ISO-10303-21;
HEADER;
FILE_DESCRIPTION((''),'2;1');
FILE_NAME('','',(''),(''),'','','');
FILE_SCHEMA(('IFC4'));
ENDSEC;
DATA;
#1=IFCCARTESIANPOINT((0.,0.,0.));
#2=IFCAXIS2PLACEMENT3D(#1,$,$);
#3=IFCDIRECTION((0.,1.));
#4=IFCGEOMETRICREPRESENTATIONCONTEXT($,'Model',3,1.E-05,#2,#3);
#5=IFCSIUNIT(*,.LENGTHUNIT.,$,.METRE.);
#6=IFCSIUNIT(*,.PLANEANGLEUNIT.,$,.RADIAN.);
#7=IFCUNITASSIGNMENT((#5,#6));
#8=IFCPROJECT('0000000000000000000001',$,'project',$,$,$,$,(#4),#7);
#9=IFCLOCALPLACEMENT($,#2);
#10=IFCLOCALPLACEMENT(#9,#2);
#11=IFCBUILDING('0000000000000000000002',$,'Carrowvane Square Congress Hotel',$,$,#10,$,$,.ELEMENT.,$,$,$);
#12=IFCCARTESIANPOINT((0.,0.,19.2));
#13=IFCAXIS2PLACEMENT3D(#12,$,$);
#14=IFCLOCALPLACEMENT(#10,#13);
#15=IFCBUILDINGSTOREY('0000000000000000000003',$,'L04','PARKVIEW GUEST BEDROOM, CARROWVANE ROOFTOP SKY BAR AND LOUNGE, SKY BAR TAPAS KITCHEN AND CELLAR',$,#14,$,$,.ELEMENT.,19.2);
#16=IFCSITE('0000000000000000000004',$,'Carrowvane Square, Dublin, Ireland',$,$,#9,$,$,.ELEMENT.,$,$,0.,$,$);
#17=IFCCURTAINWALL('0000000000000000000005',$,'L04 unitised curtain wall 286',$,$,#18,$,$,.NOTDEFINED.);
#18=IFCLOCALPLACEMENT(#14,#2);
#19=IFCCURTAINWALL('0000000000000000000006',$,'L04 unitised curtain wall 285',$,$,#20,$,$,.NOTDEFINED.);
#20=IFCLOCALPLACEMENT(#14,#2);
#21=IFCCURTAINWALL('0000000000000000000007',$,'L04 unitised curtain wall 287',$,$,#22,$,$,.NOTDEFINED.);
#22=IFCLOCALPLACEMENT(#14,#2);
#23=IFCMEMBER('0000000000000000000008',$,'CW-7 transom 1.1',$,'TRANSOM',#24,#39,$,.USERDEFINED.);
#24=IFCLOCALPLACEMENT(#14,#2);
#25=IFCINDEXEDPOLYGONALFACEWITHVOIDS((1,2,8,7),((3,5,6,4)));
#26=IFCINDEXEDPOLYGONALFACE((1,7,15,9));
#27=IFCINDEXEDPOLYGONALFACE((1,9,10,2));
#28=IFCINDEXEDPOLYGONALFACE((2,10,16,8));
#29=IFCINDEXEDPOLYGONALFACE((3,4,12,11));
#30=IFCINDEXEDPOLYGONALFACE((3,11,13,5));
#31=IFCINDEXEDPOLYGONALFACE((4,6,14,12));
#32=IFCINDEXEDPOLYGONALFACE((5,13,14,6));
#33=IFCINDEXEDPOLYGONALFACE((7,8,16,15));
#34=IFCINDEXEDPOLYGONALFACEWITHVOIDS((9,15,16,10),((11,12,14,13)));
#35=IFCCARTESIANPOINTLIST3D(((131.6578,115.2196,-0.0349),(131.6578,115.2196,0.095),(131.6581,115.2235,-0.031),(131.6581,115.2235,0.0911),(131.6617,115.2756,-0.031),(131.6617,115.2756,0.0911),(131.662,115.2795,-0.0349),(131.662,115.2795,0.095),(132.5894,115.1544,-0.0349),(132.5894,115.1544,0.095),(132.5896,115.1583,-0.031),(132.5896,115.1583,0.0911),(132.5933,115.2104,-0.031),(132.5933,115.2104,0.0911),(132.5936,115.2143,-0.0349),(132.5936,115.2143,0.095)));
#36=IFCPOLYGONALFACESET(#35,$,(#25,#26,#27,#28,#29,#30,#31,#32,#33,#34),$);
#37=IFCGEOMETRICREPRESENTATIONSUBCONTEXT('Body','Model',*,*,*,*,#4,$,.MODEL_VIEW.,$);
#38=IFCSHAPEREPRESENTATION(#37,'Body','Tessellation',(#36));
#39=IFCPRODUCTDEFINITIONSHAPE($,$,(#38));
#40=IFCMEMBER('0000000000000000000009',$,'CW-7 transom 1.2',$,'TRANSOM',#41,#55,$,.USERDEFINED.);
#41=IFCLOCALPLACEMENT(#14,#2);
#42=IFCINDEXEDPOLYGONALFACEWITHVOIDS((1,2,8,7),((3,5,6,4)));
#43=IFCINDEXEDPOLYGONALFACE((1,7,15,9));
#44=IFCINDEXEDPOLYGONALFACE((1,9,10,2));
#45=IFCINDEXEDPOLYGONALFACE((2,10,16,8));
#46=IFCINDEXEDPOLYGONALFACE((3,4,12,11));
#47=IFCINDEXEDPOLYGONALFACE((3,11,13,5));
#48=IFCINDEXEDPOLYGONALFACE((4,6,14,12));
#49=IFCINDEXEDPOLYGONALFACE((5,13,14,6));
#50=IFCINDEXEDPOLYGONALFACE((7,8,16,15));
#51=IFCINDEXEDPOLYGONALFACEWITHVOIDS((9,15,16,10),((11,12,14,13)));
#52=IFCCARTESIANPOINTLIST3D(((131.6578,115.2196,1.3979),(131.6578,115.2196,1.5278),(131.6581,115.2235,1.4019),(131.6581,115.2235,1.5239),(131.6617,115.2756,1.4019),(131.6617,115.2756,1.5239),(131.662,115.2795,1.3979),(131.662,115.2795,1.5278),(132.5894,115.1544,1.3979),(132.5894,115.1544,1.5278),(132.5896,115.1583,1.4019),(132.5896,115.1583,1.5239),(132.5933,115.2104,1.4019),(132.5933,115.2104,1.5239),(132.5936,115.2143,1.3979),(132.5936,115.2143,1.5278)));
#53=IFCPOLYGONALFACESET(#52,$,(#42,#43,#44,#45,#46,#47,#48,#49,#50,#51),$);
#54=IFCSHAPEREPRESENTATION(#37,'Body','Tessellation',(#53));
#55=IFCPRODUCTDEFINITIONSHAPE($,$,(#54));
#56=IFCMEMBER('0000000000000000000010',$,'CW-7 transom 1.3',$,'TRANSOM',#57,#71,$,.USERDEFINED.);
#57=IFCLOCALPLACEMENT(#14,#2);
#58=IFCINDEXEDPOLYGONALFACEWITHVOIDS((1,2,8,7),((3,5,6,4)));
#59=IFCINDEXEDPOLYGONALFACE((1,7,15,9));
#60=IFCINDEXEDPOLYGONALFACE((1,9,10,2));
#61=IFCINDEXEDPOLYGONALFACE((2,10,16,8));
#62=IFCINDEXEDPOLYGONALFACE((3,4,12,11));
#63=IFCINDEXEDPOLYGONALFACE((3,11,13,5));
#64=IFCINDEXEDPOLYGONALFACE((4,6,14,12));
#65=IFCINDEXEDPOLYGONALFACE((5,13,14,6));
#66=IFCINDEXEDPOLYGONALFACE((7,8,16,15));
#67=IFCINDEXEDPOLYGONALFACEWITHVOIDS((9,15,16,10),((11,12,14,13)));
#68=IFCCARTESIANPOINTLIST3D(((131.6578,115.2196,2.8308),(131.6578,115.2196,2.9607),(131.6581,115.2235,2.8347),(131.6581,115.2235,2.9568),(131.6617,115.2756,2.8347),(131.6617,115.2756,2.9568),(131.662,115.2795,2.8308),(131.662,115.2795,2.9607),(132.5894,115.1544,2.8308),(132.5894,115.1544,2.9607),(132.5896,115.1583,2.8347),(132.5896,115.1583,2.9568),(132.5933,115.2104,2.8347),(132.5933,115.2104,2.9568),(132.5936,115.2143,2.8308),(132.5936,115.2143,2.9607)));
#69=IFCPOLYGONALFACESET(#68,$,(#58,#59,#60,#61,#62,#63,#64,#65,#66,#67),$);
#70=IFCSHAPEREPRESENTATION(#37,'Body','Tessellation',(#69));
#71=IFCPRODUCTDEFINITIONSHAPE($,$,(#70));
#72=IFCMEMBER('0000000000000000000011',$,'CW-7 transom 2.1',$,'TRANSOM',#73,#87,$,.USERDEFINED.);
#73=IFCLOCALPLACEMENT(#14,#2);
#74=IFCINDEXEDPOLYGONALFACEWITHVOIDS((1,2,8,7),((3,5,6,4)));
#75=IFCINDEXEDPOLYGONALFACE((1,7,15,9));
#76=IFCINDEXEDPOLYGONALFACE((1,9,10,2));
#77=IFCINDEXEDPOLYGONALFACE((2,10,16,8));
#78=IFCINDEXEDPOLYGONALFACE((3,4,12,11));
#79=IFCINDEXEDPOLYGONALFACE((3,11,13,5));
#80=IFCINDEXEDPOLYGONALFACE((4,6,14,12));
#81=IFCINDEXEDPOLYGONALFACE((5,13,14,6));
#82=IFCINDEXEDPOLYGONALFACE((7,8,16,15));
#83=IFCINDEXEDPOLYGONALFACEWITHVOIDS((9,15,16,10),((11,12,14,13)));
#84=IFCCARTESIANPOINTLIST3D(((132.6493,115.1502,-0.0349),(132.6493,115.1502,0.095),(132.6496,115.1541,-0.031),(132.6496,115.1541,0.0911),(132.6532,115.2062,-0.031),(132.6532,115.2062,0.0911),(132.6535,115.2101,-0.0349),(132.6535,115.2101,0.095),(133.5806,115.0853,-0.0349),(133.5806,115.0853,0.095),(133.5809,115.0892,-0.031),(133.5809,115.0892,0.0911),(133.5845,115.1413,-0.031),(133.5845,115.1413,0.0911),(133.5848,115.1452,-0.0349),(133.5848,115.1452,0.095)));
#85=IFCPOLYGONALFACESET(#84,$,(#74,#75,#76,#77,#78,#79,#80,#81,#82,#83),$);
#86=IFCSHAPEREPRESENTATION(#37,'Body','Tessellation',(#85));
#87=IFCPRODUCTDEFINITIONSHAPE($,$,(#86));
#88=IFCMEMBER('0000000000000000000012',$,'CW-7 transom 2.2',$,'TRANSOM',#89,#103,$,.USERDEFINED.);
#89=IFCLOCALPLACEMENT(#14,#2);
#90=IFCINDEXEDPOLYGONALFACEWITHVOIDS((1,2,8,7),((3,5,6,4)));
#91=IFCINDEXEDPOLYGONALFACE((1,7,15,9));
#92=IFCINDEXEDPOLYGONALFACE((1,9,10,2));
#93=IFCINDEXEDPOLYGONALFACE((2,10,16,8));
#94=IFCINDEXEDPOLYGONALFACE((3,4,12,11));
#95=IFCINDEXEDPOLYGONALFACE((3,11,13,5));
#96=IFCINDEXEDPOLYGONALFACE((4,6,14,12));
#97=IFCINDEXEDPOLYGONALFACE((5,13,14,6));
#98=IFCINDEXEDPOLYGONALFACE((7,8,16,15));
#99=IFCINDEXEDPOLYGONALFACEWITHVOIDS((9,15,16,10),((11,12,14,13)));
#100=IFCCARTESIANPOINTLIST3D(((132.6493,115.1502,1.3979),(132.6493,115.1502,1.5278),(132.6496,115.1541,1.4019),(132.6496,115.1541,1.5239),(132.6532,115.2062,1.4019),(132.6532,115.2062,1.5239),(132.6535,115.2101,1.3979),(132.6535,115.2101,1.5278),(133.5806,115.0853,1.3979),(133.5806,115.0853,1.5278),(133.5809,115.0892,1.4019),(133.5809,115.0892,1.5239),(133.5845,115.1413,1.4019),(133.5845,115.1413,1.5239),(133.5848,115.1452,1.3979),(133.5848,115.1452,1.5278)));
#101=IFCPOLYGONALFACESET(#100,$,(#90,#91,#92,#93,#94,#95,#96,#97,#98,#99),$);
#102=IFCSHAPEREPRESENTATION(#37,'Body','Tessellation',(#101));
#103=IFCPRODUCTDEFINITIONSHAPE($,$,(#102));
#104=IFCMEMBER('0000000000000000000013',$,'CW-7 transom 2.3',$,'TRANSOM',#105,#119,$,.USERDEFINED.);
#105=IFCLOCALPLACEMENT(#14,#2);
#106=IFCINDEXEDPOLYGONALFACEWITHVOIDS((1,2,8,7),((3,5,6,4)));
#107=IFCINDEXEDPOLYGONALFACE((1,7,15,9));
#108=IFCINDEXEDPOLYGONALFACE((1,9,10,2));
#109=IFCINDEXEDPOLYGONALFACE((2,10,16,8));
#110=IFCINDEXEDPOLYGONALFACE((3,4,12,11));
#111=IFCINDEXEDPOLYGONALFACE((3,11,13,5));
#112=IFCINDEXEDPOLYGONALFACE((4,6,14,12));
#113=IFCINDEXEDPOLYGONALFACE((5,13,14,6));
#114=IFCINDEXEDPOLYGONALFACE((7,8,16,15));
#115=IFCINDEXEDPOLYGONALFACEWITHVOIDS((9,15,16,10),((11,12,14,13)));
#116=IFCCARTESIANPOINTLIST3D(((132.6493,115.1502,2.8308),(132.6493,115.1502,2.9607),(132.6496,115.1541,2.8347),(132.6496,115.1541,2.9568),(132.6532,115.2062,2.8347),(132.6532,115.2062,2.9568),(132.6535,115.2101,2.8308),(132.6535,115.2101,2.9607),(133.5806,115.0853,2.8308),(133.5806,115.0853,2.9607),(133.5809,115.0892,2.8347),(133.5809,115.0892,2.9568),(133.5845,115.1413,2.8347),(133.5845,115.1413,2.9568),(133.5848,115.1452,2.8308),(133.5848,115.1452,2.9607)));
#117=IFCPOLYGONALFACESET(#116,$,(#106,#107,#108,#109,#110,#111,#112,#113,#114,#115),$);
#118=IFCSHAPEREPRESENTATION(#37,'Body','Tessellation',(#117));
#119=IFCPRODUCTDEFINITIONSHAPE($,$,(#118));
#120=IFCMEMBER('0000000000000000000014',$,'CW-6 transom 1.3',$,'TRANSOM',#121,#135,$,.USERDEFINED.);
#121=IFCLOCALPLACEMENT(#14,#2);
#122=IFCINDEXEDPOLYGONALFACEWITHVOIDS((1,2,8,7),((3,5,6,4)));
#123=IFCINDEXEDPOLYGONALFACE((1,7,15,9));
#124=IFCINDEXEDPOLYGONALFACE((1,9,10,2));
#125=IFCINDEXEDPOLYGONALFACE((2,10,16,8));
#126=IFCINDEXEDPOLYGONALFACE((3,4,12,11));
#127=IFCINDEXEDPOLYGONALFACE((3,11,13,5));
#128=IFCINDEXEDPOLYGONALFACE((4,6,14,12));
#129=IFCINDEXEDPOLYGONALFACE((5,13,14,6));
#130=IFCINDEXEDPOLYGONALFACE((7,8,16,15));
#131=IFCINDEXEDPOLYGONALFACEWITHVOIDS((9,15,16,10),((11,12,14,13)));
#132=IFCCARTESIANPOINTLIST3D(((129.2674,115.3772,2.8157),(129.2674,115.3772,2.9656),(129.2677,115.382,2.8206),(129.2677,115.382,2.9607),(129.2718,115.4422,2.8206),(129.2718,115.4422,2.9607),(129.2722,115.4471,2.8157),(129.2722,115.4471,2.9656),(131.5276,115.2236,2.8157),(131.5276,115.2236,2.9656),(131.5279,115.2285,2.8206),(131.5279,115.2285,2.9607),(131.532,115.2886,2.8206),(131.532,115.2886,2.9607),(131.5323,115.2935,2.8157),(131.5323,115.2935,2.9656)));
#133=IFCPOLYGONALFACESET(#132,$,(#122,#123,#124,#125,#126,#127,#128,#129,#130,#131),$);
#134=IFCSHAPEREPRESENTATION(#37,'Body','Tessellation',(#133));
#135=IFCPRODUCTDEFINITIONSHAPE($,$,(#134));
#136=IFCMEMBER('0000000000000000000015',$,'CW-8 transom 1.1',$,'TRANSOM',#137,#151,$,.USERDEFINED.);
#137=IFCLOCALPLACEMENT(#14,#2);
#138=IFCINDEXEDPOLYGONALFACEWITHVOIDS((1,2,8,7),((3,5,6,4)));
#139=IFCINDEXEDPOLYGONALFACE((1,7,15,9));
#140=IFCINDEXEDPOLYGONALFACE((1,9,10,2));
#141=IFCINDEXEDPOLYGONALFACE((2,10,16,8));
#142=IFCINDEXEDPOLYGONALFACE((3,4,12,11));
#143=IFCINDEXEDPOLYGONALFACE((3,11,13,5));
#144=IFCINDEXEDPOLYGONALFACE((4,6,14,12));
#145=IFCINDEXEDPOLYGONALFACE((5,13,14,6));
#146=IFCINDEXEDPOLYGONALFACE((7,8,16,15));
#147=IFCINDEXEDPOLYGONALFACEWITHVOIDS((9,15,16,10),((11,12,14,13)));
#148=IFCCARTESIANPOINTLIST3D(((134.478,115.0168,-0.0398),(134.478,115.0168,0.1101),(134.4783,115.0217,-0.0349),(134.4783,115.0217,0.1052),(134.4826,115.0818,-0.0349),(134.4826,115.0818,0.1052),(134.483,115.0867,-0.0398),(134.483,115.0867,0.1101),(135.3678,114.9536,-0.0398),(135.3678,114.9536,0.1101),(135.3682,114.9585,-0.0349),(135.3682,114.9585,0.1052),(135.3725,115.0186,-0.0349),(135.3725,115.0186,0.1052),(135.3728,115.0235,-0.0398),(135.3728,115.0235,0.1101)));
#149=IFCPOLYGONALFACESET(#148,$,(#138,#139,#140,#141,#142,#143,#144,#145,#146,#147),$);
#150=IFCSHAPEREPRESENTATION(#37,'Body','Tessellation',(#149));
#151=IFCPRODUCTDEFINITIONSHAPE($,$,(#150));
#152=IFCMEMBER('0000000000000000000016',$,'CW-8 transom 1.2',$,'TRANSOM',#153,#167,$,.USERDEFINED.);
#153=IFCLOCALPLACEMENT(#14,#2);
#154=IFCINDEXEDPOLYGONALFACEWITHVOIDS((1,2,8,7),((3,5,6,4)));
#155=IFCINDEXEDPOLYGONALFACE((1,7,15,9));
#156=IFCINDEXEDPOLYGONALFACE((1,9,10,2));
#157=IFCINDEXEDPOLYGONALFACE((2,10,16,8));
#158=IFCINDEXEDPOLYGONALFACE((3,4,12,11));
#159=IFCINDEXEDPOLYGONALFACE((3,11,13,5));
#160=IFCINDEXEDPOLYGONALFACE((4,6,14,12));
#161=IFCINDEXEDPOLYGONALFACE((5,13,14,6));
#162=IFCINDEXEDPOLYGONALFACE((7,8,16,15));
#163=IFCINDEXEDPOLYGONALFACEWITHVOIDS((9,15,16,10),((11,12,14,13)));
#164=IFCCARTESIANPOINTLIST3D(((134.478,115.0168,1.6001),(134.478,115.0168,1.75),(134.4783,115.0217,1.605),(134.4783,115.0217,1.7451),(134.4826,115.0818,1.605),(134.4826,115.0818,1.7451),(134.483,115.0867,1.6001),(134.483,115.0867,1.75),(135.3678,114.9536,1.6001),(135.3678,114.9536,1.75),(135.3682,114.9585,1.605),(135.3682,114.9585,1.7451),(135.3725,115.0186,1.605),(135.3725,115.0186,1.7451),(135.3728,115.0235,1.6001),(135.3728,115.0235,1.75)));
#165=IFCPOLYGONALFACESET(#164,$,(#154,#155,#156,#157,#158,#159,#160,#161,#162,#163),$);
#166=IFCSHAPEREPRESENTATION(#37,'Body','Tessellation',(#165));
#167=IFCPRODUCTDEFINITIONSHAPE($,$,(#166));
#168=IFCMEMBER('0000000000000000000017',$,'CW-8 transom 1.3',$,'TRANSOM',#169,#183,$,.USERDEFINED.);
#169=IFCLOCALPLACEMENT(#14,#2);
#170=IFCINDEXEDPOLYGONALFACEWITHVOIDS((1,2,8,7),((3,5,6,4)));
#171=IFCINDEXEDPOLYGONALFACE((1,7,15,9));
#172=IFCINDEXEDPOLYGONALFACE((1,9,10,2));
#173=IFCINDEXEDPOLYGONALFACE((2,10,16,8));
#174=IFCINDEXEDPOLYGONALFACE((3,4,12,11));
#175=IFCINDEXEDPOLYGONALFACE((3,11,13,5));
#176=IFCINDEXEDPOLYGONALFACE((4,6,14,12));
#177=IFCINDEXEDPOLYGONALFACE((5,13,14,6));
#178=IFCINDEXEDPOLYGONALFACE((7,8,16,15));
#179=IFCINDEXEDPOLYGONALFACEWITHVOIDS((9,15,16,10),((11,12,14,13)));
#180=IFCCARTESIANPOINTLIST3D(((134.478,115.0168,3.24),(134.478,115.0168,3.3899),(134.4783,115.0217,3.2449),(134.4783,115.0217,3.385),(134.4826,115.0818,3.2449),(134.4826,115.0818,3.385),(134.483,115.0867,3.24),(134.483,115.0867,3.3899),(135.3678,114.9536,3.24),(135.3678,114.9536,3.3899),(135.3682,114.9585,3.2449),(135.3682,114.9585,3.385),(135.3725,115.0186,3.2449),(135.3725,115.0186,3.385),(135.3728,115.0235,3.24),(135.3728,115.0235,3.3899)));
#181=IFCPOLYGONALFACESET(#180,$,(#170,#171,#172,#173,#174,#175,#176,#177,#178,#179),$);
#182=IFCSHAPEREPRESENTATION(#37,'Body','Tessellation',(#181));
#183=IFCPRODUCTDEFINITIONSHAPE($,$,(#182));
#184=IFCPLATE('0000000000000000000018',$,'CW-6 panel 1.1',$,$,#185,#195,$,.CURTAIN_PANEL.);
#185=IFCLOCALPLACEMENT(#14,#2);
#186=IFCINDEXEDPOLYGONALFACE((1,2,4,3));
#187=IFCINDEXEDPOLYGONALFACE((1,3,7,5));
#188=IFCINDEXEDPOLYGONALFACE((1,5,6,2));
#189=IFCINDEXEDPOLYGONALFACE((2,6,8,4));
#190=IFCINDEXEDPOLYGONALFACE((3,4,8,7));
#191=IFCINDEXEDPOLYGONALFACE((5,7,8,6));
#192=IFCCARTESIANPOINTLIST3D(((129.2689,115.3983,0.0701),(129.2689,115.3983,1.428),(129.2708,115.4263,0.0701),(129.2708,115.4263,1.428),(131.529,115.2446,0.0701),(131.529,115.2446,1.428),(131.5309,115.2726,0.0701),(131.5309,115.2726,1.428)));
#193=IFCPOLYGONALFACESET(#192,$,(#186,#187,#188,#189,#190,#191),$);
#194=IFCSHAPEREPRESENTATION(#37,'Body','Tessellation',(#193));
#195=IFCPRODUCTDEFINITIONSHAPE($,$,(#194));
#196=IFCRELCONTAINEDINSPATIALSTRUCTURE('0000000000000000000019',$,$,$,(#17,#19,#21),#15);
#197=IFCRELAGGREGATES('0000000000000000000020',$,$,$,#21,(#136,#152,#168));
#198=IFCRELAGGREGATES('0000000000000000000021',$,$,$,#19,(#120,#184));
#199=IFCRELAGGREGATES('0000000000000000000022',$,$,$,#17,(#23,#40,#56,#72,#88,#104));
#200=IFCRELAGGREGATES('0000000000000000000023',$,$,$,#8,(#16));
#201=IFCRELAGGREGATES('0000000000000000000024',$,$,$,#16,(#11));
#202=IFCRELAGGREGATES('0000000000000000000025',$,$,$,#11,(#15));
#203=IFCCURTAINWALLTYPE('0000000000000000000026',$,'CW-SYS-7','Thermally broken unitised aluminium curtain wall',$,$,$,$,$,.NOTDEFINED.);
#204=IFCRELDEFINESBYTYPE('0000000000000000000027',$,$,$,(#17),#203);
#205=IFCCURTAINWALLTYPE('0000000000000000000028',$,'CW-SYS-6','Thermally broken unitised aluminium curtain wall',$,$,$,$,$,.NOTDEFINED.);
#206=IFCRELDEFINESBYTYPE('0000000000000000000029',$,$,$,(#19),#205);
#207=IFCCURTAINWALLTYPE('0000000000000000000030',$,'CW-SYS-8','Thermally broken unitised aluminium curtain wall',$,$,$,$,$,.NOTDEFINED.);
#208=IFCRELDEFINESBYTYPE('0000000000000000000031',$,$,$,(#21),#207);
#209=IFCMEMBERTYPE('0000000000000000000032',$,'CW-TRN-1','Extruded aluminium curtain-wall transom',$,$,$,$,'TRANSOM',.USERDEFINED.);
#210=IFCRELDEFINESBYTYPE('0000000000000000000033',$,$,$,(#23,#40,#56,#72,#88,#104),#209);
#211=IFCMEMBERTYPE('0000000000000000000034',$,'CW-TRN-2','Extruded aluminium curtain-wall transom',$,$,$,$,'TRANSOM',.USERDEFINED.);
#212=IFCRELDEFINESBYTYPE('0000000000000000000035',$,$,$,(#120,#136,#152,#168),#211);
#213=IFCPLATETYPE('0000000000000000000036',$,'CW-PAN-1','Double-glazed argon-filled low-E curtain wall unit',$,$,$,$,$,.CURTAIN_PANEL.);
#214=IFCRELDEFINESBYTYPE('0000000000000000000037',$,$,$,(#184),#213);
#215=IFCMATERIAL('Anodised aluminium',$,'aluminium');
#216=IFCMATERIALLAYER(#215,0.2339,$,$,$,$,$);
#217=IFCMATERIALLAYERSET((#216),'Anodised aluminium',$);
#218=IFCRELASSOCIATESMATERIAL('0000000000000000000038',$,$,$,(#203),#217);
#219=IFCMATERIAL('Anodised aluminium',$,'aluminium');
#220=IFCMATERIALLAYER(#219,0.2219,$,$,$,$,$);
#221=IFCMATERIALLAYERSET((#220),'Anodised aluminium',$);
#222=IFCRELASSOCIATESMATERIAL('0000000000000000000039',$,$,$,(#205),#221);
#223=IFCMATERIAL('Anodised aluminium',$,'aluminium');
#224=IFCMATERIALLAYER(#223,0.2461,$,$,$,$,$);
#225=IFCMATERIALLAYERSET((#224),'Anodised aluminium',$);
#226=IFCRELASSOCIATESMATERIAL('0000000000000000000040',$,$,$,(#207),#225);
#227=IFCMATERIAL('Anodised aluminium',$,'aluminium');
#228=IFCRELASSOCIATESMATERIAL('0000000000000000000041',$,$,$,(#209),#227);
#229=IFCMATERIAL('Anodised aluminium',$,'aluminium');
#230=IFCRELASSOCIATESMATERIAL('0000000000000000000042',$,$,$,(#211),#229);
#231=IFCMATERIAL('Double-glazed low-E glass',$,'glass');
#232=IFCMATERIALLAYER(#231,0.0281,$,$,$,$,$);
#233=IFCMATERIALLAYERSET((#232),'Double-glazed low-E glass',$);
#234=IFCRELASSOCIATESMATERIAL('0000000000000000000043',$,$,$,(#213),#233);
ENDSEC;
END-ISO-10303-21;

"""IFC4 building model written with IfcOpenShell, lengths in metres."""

from ifc_helpers import new_model, si_unit, direction, frame, origin, origin_2d, place, context, subcontext, project, spatial, rectangle, hollow_rectangle, extrude, material, layer, layer_set, material_profile, profile_set, type_object, element, aggregate, save


model = new_model("IFC4")

# Units and contexts
model_context = context("Model", 3, precision=1e-05, world=origin(), true_north=direction((0.0, 1.0)))
body_context = subcontext(model_context, "Body", "Model", "MODEL_VIEW")
ifc_project = project(units=[si_unit("LENGTHUNIT", "METRE"), si_unit("PLANEANGLEUNIT", "RADIAN")], contexts=[model_context])

# Site, building, storey
site_placement = place(None, origin())
site = spatial("IfcSite", under=ifc_project, at=site_placement, Name="Carrowvane Square, Dublin, Ireland", CompositionType="ELEMENT", RefElevation=0.0)
building_placement = place(site_placement, origin())
building = spatial("IfcBuilding", under=site, at=building_placement, Name="Carrowvane Square Congress Hotel", CompositionType="ELEMENT")
storey_placement = place(building_placement, frame((0.0, 0.0, 19.2)))
storey = spatial("IfcBuildingStorey", under=building, at=storey_placement, Name="L04", Description="PARKVIEW GUEST BEDROOM, CARROWVANE ROOFTOP SKY BAR AND LOUNGE, SKY BAR TAPAS KITCHEN AND CELLAR", CompositionType="ELEMENT", Elevation=19.2)

# Curtain wall
ifc_material_1 = material(Name="Anodised aluminium", Category="aluminium")
ifc_layer_1 = layer(ifc_material_1, 0.2339)
ifc_layer_set_1 = layer_set([ifc_layer_1], Name="Anodised aluminium")
curtain_wall_type_1 = type_object("IfcCurtainWallType", Name="CW-SYS-7", Description="Thermally broken unitised aluminium curtain wall", PredefinedType="NOTDEFINED", material=ifc_layer_set_1)
curtain_wall_1_placement = place(storey_placement, origin())
curtain_wall_1 = element("IfcCurtainWall", 1, at=curtain_wall_1_placement, inside=storey, type_object=curtain_wall_type_1, Name="L04 unitised curtain wall 286", PredefinedType="NOTDEFINED")

# Curtain walls
ifc_material_2 = material(Name="Anodised aluminium", Category="aluminium")
ifc_layer_2 = layer(ifc_material_2, 0.2219)
ifc_layer_set_2 = layer_set([ifc_layer_2], Name="Anodised aluminium")
curtain_wall_type_2 = type_object("IfcCurtainWallType", Name="CW-SYS-6", Description="Thermally broken unitised aluminium curtain wall", PredefinedType="NOTDEFINED", material=ifc_layer_set_2)
curtain_wall_2_placement = place(storey_placement, origin())
curtain_wall_2 = element("IfcCurtainWall", 2, at=curtain_wall_2_placement, inside=storey, type_object=curtain_wall_type_2, Name="L04 unitised curtain wall 285", PredefinedType="NOTDEFINED")
ifc_material_3 = material(Name="Anodised aluminium", Category="aluminium")
ifc_layer_3 = layer(ifc_material_3, 0.2461)
ifc_layer_set_3 = layer_set([ifc_layer_3], Name="Anodised aluminium")
curtain_wall_type_3 = type_object("IfcCurtainWallType", Name="CW-SYS-8", Description="Thermally broken unitised aluminium curtain wall", PredefinedType="NOTDEFINED", material=ifc_layer_set_3)
curtain_wall_3_placement = place(storey_placement, origin())
curtain_wall_3 = element("IfcCurtainWall", 3, at=curtain_wall_3_placement, inside=storey, type_object=curtain_wall_type_3, Name="L04 unitised curtain wall 287", PredefinedType="NOTDEFINED")

# Members
ifc_material_4 = material(Name="Anodised aluminium", Category="aluminium")
ifc_material_profile_1 = material_profile(ifc_material_4, hollow_rectangle(XDim=0.0601, YDim=0.1299, WallThickness=0.0039, at=origin_2d()), Name="CW-TR 60x130x4")
ifc_profile_set_1 = profile_set([ifc_material_profile_1], Name="Anodised aluminium")
member_type_1 = type_object("IfcMemberType", Name="CW-TRN-1", Description="Extruded aluminium curtain-wall transom", ElementType="TRANSOM", PredefinedType="USERDEFINED", material=ifc_profile_set_1)
member_1_placement = place(storey_placement, frame((131.6599, 115.2495, 0.03), z_axis=(0.997561, -0.069798, 0.0), x_axis=(0.069798, 0.997561, 0.0)))
member_1 = element("IfcMember", 4, at=member_1_placement, type_object=member_type_1, Name="CW-7 transom 1.1", ObjectType="TRANSOM", PredefinedType="USERDEFINED", context=body_context, shape_type="SweptSolid", body=[
    extrude(hollow_rectangle(XDim=0.0601, YDim=0.1299, WallThickness=0.0039, at=origin_2d()), origin(), (0.0, 0.0, 1.0), 0.9338),
])
member_2_placement = place(storey_placement, frame((131.6599, 115.2495, 1.4629), z_axis=(0.997561, -0.069798, 0.0), x_axis=(0.069798, 0.997561, 0.0)))
member_2 = element("IfcMember", 5, at=member_2_placement, type_object=member_type_1, Name="CW-7 transom 1.2", ObjectType="TRANSOM", PredefinedType="USERDEFINED", context=body_context, shape_type="SweptSolid", body=[
    extrude(hollow_rectangle(XDim=0.0601, YDim=0.1299, WallThickness=0.0039, at=origin_2d()), origin(), (0.0, 0.0, 1.0), 0.9338),
])
member_3_placement = place(storey_placement, frame((131.6599, 115.2495, 2.8958), z_axis=(0.997561, -0.069798, 0.0), x_axis=(0.069798, 0.997561, 0.0)))
member_3 = element("IfcMember", 6, at=member_3_placement, type_object=member_type_1, Name="CW-7 transom 1.3", ObjectType="TRANSOM", PredefinedType="USERDEFINED", context=body_context, shape_type="SweptSolid", body=[
    extrude(hollow_rectangle(XDim=0.0601, YDim=0.1299, WallThickness=0.0039, at=origin_2d()), origin(), (0.0, 0.0, 1.0), 0.9338),
])
member_4_placement = place(storey_placement, frame((132.6514, 115.1802, 0.03), z_axis=(0.997578, -0.069556, 0.0), x_axis=(0.069556, 0.997578, 0.0)))
member_4 = element("IfcMember", 7, at=member_4_placement, type_object=member_type_1, Name="CW-7 transom 2.1", ObjectType="TRANSOM", PredefinedType="USERDEFINED", context=body_context, shape_type="SweptSolid", body=[
    extrude(hollow_rectangle(XDim=0.0601, YDim=0.1299, WallThickness=0.0039, at=origin_2d()), origin(), (0.0, 0.0, 1.0), 0.9336),
])
member_5_placement = place(storey_placement, frame((132.6514, 115.1802, 1.4629), z_axis=(0.997578, -0.069556, 0.0), x_axis=(0.069556, 0.997578, 0.0)))
member_5 = element("IfcMember", 8, at=member_5_placement, type_object=member_type_1, Name="CW-7 transom 2.2", ObjectType="TRANSOM", PredefinedType="USERDEFINED", context=body_context, shape_type="SweptSolid", body=[
    extrude(hollow_rectangle(XDim=0.0601, YDim=0.1299, WallThickness=0.0039, at=origin_2d()), origin(), (0.0, 0.0, 1.0), 0.9336),
])
member_6_placement = place(storey_placement, frame((132.6514, 115.1802, 2.8958), z_axis=(0.997578, -0.069556, 0.0), x_axis=(0.069556, 0.997578, 0.0)))
member_6 = element("IfcMember", 9, at=member_6_placement, type_object=member_type_1, Name="CW-7 transom 2.3", ObjectType="TRANSOM", PredefinedType="USERDEFINED", context=body_context, shape_type="SweptSolid", body=[
    extrude(hollow_rectangle(XDim=0.0601, YDim=0.1299, WallThickness=0.0039, at=origin_2d()), origin(), (0.0, 0.0, 1.0), 0.9336),
])
ifc_material_5 = material(Name="Anodised aluminium", Category="aluminium")
ifc_material_profile_2 = material_profile(ifc_material_5, hollow_rectangle(XDim=0.0701, YDim=0.1499, WallThickness=0.0049, at=origin_2d()), Name="CW-TR 70x150x5")
ifc_profile_set_2 = profile_set([ifc_material_profile_2], Name="Anodised aluminium")
member_type_2 = type_object("IfcMemberType", Name="CW-TRN-2", Description="Extruded aluminium curtain-wall transom", ElementType="TRANSOM", PredefinedType="USERDEFINED", material=ifc_profile_set_2)
member_7_placement = place(storey_placement, frame((129.2698, 115.4121, 2.8906), z_axis=(0.9977, -0.067785, 0.0), x_axis=(0.067785, 0.9977, 0.0)))
member_7 = element("IfcMember", 10, at=member_7_placement, type_object=member_type_2, Name="CW-6 transom 1.3", ObjectType="TRANSOM", PredefinedType="USERDEFINED", context=body_context, shape_type="SweptSolid", body=[
    extrude(hollow_rectangle(XDim=0.0701, YDim=0.1499, WallThickness=0.0049, at=origin_2d()), origin(), (0.0, 0.0, 1.0), 2.2654),
])
member_8_placement = place(storey_placement, frame((134.4805, 115.0518, 0.0352), z_axis=(0.997485, -0.070878, 0.0), x_axis=(0.070878, 0.997485, 0.0)))
member_8 = element("IfcMember", 11, at=member_8_placement, type_object=member_type_2, Name="CW-8 transom 1.1", ObjectType="TRANSOM", PredefinedType="USERDEFINED", context=body_context, shape_type="SweptSolid", body=[
    extrude(hollow_rectangle(XDim=0.0701, YDim=0.1499, WallThickness=0.0049, at=origin_2d()), origin(), (0.0, 0.0, 1.0), 0.8921),
])
member_9_placement = place(storey_placement, frame((134.4805, 115.0518, 1.675), z_axis=(0.997485, -0.070878, 0.0), x_axis=(0.070878, 0.997485, 0.0)))
member_9 = element("IfcMember", 12, at=member_9_placement, type_object=member_type_2, Name="CW-8 transom 1.2", ObjectType="TRANSOM", PredefinedType="USERDEFINED", context=body_context, shape_type="SweptSolid", body=[
    extrude(hollow_rectangle(XDim=0.0701, YDim=0.1499, WallThickness=0.0049, at=origin_2d()), origin(), (0.0, 0.0, 1.0), 0.8921),
])
member_10_placement = place(storey_placement, frame((134.4805, 115.0518, 3.3149), z_axis=(0.997485, -0.070878, 0.0), x_axis=(0.070878, 0.997485, 0.0)))
member_10 = element("IfcMember", 13, at=member_10_placement, type_object=member_type_2, Name="CW-8 transom 1.3", ObjectType="TRANSOM", PredefinedType="USERDEFINED", context=body_context, shape_type="SweptSolid", body=[
    extrude(hollow_rectangle(XDim=0.0701, YDim=0.1499, WallThickness=0.0049, at=origin_2d()), origin(), (0.0, 0.0, 1.0), 0.8921),
])
aggregate(curtain_wall_3, [member_8, member_9, member_10])

# Plate
ifc_material_6 = material(Name="Double-glazed low-E glass", Category="glass")
ifc_layer_4 = layer(ifc_material_6, 0.0281)
ifc_layer_set_4 = layer_set([ifc_layer_4], Name="Double-glazed low-E glass")
plate_type_1 = type_object("IfcPlateType", Name="CW-PAN-1", Description="Double-glazed argon-filled low-E curtain wall unit", PredefinedType="CURTAIN_PANEL", material=ifc_layer_set_4)
plate_1_placement = place(storey_placement, frame((130.3999, 115.3354, 0.0701), z_axis=(0.0, 0.0, 1.0), x_axis=(0.997694, -0.06787, 0.0)))
plate_1 = element("IfcPlate", 14, at=plate_1_placement, type_object=plate_type_1, Name="CW-6 panel 1.1", PredefinedType="CURTAIN_PANEL", context=body_context, shape_type="SweptSolid", body=[
    extrude(rectangle(XDim=2.2654, YDim=0.0281, at=origin_2d()), origin(), (0.0, 0.0, 1.0), 1.3579),
])
aggregate(curtain_wall_2, [member_7, plate_1])
aggregate(curtain_wall_1, [member_1, member_2, member_3, member_4, member_5, member_6])

save(model, "model.ifc")
